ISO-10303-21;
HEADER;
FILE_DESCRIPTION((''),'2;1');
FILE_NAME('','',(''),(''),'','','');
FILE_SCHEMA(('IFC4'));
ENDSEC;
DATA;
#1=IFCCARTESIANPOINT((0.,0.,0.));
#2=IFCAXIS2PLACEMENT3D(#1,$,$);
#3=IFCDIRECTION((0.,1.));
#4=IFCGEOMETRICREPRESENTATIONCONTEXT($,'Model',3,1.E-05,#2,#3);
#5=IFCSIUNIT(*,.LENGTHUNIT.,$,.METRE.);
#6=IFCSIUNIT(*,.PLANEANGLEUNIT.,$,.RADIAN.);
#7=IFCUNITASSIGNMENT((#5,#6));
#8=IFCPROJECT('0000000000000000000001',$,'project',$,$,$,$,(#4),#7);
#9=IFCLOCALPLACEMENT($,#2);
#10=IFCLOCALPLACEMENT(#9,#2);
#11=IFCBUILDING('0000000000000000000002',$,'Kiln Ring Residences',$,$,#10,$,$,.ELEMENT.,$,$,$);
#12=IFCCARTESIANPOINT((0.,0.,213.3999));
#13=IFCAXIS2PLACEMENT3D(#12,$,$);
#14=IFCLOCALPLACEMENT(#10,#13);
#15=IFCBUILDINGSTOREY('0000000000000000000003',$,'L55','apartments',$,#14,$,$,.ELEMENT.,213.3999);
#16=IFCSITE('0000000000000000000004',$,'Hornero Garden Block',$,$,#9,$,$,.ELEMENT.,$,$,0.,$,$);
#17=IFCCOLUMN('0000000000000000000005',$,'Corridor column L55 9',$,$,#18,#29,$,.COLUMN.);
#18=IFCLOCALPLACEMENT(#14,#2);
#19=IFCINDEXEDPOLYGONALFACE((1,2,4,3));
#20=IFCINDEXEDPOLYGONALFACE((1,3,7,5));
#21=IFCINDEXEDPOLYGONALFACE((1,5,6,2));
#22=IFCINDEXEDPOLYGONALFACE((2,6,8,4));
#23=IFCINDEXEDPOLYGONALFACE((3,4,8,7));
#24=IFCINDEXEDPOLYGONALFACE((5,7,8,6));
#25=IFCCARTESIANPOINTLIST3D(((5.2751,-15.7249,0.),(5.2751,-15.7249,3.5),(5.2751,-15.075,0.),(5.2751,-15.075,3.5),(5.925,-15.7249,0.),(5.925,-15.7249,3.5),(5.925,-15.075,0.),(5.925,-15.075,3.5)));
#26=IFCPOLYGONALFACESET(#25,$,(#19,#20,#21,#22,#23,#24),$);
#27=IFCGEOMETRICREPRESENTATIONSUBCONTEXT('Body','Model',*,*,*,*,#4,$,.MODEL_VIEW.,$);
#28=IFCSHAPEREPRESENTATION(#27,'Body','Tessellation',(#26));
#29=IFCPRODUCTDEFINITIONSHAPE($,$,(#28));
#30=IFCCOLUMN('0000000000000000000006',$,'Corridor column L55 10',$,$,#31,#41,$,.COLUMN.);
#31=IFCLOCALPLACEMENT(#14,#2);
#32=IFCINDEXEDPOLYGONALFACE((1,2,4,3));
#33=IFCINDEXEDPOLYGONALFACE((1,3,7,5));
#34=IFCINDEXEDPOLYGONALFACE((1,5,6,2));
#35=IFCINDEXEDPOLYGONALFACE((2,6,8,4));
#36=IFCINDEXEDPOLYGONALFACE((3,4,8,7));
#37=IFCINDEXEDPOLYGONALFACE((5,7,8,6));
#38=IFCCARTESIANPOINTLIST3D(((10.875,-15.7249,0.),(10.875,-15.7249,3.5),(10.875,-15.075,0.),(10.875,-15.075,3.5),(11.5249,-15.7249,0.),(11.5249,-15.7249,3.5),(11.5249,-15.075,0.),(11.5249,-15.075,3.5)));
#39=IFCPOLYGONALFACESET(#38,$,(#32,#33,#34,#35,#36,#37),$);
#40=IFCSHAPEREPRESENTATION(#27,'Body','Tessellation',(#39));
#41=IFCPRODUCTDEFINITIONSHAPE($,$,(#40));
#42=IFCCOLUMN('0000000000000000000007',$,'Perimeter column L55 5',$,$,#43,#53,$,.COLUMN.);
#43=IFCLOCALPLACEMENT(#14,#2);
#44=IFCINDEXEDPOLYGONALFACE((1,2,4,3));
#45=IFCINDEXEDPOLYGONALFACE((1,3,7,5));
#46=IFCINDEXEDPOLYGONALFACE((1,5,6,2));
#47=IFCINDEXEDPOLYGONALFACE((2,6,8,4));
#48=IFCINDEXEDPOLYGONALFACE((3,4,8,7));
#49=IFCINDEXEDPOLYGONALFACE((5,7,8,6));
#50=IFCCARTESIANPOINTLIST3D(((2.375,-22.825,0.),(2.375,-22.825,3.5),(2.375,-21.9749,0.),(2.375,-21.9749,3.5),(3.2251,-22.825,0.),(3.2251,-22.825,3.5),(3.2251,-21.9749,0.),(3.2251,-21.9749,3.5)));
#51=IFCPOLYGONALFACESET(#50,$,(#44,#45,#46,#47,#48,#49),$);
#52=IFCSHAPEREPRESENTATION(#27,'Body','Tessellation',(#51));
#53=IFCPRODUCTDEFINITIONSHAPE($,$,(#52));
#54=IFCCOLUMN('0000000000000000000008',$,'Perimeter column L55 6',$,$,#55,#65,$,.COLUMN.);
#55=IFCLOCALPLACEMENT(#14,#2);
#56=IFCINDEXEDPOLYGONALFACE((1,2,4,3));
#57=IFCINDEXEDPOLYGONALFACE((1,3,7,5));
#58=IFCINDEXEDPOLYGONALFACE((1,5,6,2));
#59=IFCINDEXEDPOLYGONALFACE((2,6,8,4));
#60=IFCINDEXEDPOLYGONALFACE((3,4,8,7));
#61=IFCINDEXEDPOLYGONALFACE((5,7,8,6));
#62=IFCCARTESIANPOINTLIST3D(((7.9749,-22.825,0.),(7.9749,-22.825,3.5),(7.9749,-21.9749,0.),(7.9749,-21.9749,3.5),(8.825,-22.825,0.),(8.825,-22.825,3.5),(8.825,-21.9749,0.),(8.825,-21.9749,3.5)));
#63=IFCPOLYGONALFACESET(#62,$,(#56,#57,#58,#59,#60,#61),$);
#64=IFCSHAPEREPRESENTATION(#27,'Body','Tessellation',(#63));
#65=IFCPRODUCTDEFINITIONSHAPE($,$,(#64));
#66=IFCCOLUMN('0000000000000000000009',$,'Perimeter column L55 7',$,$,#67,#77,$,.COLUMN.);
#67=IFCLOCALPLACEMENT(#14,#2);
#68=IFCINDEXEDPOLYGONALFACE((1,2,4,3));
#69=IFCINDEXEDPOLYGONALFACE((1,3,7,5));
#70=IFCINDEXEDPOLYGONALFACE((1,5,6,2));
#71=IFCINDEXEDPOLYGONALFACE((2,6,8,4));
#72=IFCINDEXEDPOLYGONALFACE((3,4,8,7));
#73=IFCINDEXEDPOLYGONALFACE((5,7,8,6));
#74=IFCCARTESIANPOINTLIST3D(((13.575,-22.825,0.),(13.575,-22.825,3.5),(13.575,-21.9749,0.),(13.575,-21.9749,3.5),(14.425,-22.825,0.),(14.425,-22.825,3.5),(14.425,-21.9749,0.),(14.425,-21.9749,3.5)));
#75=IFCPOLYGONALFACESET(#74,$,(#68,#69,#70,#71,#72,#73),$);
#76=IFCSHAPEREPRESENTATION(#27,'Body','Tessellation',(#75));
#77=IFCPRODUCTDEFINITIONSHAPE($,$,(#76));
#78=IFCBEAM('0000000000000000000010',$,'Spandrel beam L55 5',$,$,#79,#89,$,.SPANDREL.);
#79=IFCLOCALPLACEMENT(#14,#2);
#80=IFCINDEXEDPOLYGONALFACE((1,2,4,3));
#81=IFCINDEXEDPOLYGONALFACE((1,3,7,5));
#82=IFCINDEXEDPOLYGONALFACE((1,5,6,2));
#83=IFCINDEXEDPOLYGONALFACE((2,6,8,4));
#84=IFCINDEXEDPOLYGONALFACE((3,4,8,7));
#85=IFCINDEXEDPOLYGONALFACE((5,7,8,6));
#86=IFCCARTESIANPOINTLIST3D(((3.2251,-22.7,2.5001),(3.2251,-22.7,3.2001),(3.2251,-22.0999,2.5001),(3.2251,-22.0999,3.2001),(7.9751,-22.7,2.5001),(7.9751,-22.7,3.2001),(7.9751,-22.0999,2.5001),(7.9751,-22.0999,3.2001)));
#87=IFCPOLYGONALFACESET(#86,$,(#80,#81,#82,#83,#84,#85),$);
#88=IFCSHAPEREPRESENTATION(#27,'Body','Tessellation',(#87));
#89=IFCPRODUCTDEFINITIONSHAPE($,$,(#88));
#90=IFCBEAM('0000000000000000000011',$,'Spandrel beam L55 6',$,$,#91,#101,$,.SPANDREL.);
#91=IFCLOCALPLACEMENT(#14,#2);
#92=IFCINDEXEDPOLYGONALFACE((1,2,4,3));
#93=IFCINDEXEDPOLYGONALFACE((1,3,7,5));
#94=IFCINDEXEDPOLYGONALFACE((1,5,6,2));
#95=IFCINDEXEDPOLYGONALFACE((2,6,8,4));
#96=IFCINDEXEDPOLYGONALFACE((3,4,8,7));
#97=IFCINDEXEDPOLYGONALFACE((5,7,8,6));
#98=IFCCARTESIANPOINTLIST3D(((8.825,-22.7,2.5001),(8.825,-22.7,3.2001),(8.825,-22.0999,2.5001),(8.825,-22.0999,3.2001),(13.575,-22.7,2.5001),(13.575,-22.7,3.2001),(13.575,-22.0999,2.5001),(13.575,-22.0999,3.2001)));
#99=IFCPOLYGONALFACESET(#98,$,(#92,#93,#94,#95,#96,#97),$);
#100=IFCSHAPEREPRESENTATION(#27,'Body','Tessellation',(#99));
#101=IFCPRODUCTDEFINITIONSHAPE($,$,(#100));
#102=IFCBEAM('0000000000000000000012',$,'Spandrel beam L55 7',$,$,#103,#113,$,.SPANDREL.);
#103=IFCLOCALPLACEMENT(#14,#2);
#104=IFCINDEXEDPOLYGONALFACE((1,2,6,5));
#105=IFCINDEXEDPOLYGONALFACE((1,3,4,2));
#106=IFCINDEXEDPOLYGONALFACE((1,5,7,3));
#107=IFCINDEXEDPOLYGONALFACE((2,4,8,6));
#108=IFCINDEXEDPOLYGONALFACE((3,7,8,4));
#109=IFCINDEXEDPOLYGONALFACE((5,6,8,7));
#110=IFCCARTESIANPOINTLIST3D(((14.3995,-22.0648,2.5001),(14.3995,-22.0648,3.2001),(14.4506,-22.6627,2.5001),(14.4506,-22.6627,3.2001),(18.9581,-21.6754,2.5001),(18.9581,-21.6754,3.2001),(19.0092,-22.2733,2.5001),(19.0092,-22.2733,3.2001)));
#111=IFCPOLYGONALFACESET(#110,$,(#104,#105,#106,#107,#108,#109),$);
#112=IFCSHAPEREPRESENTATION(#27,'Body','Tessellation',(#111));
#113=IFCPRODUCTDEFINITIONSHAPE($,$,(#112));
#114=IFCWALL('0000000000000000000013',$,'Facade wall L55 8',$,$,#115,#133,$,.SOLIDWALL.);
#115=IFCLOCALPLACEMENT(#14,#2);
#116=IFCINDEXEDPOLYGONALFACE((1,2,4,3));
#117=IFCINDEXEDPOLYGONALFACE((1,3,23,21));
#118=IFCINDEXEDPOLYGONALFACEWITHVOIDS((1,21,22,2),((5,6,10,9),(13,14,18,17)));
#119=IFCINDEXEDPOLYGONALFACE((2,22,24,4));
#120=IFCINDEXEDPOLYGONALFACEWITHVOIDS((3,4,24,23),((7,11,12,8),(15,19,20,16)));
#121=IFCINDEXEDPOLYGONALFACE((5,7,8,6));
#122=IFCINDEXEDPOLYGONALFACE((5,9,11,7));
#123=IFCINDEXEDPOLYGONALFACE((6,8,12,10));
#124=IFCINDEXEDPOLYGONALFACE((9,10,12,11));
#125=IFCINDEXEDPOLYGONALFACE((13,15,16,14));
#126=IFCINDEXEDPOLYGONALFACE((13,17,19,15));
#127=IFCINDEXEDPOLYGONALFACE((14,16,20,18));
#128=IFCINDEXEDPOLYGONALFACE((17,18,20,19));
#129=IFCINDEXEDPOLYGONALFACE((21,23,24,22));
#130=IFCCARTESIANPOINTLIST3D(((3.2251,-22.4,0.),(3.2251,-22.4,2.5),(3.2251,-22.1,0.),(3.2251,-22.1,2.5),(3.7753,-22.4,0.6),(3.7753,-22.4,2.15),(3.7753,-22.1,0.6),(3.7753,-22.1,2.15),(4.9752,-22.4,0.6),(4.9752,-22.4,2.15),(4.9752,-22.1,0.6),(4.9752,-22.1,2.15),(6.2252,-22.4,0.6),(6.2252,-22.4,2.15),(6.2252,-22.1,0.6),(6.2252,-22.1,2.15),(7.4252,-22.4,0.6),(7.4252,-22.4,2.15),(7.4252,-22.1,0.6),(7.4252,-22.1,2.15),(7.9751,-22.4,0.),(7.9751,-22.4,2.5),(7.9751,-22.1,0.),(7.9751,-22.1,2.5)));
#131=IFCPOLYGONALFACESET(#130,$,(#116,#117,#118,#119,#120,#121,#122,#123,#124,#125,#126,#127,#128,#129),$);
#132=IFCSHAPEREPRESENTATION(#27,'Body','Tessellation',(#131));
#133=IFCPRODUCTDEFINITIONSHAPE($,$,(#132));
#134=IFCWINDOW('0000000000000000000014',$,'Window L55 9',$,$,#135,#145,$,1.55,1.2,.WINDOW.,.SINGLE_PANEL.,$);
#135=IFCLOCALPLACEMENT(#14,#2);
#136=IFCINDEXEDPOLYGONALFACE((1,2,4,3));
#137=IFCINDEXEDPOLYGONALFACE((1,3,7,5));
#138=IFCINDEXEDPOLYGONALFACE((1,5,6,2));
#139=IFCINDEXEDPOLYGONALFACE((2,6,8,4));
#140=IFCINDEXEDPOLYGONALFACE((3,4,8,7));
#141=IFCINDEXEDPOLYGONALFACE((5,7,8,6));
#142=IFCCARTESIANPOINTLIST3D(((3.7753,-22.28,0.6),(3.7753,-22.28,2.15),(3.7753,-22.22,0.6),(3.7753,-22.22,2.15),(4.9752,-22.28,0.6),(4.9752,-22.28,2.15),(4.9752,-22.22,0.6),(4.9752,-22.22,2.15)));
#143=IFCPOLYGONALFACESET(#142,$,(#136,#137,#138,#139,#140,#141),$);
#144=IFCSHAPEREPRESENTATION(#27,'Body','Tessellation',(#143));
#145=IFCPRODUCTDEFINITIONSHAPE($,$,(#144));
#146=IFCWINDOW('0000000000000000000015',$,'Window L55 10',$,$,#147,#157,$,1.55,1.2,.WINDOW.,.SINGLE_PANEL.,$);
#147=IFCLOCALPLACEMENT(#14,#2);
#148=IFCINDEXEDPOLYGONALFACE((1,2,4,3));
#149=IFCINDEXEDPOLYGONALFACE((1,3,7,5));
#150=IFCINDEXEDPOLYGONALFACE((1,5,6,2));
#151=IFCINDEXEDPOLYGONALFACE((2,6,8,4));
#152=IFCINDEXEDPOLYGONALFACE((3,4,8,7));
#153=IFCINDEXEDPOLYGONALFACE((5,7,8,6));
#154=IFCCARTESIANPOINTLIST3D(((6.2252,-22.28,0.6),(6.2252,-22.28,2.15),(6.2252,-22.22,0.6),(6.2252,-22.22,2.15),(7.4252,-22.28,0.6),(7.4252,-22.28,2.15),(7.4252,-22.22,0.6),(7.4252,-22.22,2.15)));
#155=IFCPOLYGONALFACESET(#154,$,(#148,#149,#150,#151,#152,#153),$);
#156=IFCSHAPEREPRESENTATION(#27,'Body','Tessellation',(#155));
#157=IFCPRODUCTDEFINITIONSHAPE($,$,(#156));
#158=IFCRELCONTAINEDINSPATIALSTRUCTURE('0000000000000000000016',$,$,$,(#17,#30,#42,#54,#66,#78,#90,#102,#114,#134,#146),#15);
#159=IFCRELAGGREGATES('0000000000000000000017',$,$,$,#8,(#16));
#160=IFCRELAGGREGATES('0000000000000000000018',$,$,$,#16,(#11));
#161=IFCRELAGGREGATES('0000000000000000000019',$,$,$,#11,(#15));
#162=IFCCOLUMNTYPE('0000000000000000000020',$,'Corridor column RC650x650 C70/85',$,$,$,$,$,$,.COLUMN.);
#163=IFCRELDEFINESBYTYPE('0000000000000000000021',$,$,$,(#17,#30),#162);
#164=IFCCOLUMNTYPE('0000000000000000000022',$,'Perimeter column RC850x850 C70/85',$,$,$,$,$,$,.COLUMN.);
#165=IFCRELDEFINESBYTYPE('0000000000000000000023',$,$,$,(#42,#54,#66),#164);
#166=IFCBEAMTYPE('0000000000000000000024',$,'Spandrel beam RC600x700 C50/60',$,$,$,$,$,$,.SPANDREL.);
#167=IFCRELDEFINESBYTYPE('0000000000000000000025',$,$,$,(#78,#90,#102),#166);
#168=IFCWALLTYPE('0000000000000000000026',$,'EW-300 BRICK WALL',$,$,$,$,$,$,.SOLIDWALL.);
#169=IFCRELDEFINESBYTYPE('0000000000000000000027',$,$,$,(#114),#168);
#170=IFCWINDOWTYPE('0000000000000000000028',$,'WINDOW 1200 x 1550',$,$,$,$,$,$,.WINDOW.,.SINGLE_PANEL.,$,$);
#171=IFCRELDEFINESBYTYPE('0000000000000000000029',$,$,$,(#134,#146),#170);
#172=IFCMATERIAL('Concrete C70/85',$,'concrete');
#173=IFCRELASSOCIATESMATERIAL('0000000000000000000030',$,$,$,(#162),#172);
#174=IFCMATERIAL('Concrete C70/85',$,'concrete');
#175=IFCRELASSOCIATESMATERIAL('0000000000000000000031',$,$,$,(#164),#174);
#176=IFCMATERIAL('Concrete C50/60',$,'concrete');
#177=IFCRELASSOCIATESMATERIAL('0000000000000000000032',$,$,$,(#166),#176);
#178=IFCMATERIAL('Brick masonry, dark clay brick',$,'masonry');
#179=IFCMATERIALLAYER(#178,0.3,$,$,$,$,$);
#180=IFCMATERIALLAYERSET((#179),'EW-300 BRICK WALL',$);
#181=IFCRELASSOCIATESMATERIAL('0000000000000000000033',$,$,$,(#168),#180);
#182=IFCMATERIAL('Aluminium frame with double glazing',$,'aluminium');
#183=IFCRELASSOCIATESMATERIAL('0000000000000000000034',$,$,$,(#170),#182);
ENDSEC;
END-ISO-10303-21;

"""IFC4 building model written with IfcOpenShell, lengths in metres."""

from ifc_helpers import new_model, si_unit, direction, frame, frame_2d, origin, origin_2d, place, context, subcontext, project, spatial, rectangle, extrude, material, layer, layer_set, material_profile, profile_set, type_object, element, fill, save


model = new_model("IFC4")

# Units and contexts
model_context = context("Model", 3, precision=1e-05, world=origin(), true_north=direction((0.0, 1.0)))
body_context = subcontext(model_context, "Body", "Model", "MODEL_VIEW")
ifc_project = project(units=[si_unit("LENGTHUNIT", "METRE"), si_unit("PLANEANGLEUNIT", "RADIAN")], contexts=[model_context])

# Site, building, storey
site_placement = place(None, origin())
site = spatial("IfcSite", under=ifc_project, at=site_placement, Name="Hornero Garden Block", CompositionType="ELEMENT", RefElevation=0.0)
building_placement = place(site_placement, origin())
building = spatial("IfcBuilding", under=site, at=building_placement, Name="Kiln Ring Residences", CompositionType="ELEMENT")
storey_placement = place(building_placement, frame((0.0, 0.0, 213.3999)))
storey = spatial("IfcBuildingStorey", under=building, at=storey_placement, Name="L55", Description="apartments", CompositionType="ELEMENT", Elevation=213.3999)

# Columns
ifc_material_1 = material(Name="Concrete C70/85", Category="concrete")
ifc_material_profile_1 = material_profile(ifc_material_1, rectangle(XDim=0.6499, YDim=0.6499, at=origin_2d()), Name="RC650x650")
ifc_profile_set_1 = profile_set([ifc_material_profile_1], Name="Concrete C70/85")
column_type_1 = type_object("IfcColumnType", Name="Corridor column RC650x650 C70/85", PredefinedType="COLUMN", material=ifc_profile_set_1)
for number, where, z_axis, x_axis, name in (
    (1, (5.6001, -15.3999, 0.0), (0.0, 0.0, 1.0), (1.0, 0.0, 0.0), "Corridor column L55 9"),
    (2, (11.2, -15.3999, 0.0), (0.0, 0.0, 1.0), (1.0, 0.0, 0.0), "Corridor column L55 10"),
):
    element("IfcColumn", number, at=place(storey_placement, frame(where, z_axis=z_axis, x_axis=x_axis)), inside=storey, type_object=column_type_1, Name=name, PredefinedType="COLUMN", context=body_context, shape_type="SweptSolid", body=[
        extrude(rectangle(XDim=0.6499, YDim=0.6499, at=origin_2d()), origin(), (0.0, 0.0, 1.0), 3.5),
    ])
ifc_material_2 = material(Name="Concrete C70/85", Category="concrete")
ifc_material_profile_2 = material_profile(ifc_material_2, rectangle(XDim=0.8501, YDim=0.8501, at=origin_2d()), Name="RC850x850")
ifc_profile_set_2 = profile_set([ifc_material_profile_2], Name="Concrete C70/85")
column_type_2 = type_object("IfcColumnType", Name="Perimeter column RC850x850 C70/85", PredefinedType="COLUMN", material=ifc_profile_set_2)
for number, where, z_axis, x_axis, name in (
    (3, (2.8, -22.3999, 0.0), (0.0, 0.0, 1.0), (1.0, 0.0, 0.0), "Perimeter column L55 5"),
    (4, (8.3999, -22.3999, 0.0), (0.0, 0.0, 1.0), (1.0, 0.0, 0.0), "Perimeter column L55 6"),
    (5, (14.0, -22.3999, 0.0), (0.0, 0.0, 1.0), (1.0, 0.0, 0.0), "Perimeter column L55 7"),
):
    element("IfcColumn", number, at=place(storey_placement, frame(where, z_axis=z_axis, x_axis=x_axis)), inside=storey, type_object=column_type_2, Name=name, PredefinedType="COLUMN", context=body_context, shape_type="SweptSolid", body=[
        extrude(rectangle(XDim=0.8501, YDim=0.8501, at=origin_2d()), origin(), (0.0, 0.0, 1.0), 3.5),
    ])

# Beams
ifc_material_3 = material(Name="Concrete C50/60", Category="concrete")
ifc_material_profile_3 = material_profile(ifc_material_3, rectangle(XDim=0.6001, YDim=0.7, at=origin_2d()), Name="RC600x700")
ifc_profile_set_3 = profile_set([ifc_material_profile_3], Name="Concrete C50/60")
beam_type = type_object("IfcBeamType", Name="Spandrel beam RC600x700 C50/60", PredefinedType="SPANDREL", material=ifc_profile_set_3)
for number, where, z_axis, x_axis, name in (
    (6, (3.2251, -22.3999, 2.8501), (1.0, 0.0, 0.0), (0.0, 1.0, 0.0), "Spandrel beam L55 5"),
    (7, (8.825, -22.3999, 2.8501), (1.0, 0.0, 0.0), (0.0, 1.0, 0.0), "Spandrel beam L55 6"),
):
    element("IfcBeam", number, at=place(storey_placement, frame(where, z_axis=z_axis, x_axis=x_axis)), inside=storey, type_object=beam_type, Name=name, PredefinedType="SPANDREL", context=body_context, shape_type="SweptSolid", body=[
        extrude(rectangle(XDim=0.6001, YDim=0.7, at=origin_2d()), origin(), (0.0, 0.0, 1.0), 4.75),
    ])
beam_placement = place(storey_placement, frame((14.425, -22.3638, 2.8501), z_axis=(0.996371, 0.085112, 0.0), x_axis=(-0.085112, 0.996371, 0.0)))
element("IfcBeam", 8, at=beam_placement, inside=storey, type_object=beam_type, Name="Spandrel beam L55 7", PredefinedType="SPANDREL", context=body_context, shape_type="SweptSolid", body=[
    extrude(rectangle(XDim=0.6001, YDim=0.7, at=origin_2d()), origin(), (0.0, 0.0, 1.0), 4.5752),
])

# Wall, openings, windows
ifc_material_4 = material(Name="Brick masonry, dark clay brick", Category="masonry")
ifc_layer_1 = layer(ifc_material_4, 0.3)
ifc_layer_set_1 = layer_set([ifc_layer_1], Name="EW-300 BRICK WALL")
wall_type_1 = type_object("IfcWallType", Name="EW-300 BRICK WALL", PredefinedType="SOLIDWALL", material=ifc_layer_set_1)
wall_1_placement = place(storey_placement, frame((3.2251, -22.25, 0.0), z_axis=(0.0, 0.0, 1.0), x_axis=(1.0, 0.0, 0.0)))
wall_1 = element("IfcWall", 9, at=wall_1_placement, inside=storey, type_object=wall_type_1, Name="Facade wall L55 8", PredefinedType="SOLIDWALL", context=body_context, shape_type="SweptSolid", body=[
    extrude(rectangle(XDim=4.75, YDim=0.3, at=frame_2d((2.375, 0.0))), origin(), (0.0, 0.0, 1.0), 2.5),
])
opening_1_placement = place(wall_1_placement, frame((0.55, 0.0, 0.6001)))
opening_1 = element("IfcOpeningElement", 10, at=opening_1_placement, cuts=wall_1, PredefinedType="OPENING", context=body_context, shape_type="SweptSolid", body=[
    extrude(rectangle(XDim=1.2, YDim=1.55, at=frame_2d((0.6001, 0.7749))), frame((0.0, 0.1599, 0.0), z_axis=(0.0, -1.0, 0.0), x_axis=(1.0, 0.0, 0.0)), (0.0, 0.0, 1.0), 0.3201),
])
opening_2_placement = place(wall_1_placement, frame((3.0, 0.0, 0.6001)))
opening_2 = element("IfcOpeningElement", 11, at=opening_2_placement, cuts=wall_1, PredefinedType="OPENING", context=body_context, shape_type="SweptSolid", body=[
    extrude(rectangle(XDim=1.2, YDim=1.55, at=frame_2d((0.6001, 0.7749))), frame((0.0, 0.1599, 0.0), z_axis=(0.0, -1.0, 0.0), x_axis=(1.0, 0.0, 0.0)), (0.0, 0.0, 1.0), 0.3201),
])
ifc_material_5 = material(Name="Aluminium frame with double glazing", Category="aluminium")
window_type_1 = type_object("IfcWindowType", Name="WINDOW 1200 x 1550", PartitioningType="SINGLE_PANEL", PredefinedType="WINDOW", material=ifc_material_5)
window_1_placement = place(opening_1_placement, origin())
window_1 = element("IfcWindow", 12, at=window_1_placement, inside=storey, type_object=window_type_1, Name="Window L55 9", OverallHeight=1.55, OverallWidth=1.2, PartitioningType="SINGLE_PANEL", PredefinedType="WINDOW", context=body_context, shape_type="SweptSolid", body=[
    extrude(rectangle(XDim=1.2, YDim=1.55, at=frame_2d((0.6001, 0.7749))), frame((0.0, 0.03, 0.0), z_axis=(0.0, -1.0, 0.0), x_axis=(1.0, 0.0, 0.0)), (0.0, 0.0, 1.0), 0.0601),
])
fill(opening_1, window_1)
window_2_placement = place(opening_2_placement, origin())
window_2 = element("IfcWindow", 13, at=window_2_placement, inside=storey, type_object=window_type_1, Name="Window L55 10", OverallHeight=1.55, OverallWidth=1.2, PartitioningType="SINGLE_PANEL", PredefinedType="WINDOW", context=body_context, shape_type="SweptSolid", body=[
    extrude(rectangle(XDim=1.2, YDim=1.55, at=frame_2d((0.6001, 0.7749))), frame((0.0, 0.03, 0.0), z_axis=(0.0, -1.0, 0.0), x_axis=(1.0, 0.0, 0.0)), (0.0, 0.0, 1.0), 0.0601),
])
fill(opening_2, window_2)

save(model, "model.ifc")
